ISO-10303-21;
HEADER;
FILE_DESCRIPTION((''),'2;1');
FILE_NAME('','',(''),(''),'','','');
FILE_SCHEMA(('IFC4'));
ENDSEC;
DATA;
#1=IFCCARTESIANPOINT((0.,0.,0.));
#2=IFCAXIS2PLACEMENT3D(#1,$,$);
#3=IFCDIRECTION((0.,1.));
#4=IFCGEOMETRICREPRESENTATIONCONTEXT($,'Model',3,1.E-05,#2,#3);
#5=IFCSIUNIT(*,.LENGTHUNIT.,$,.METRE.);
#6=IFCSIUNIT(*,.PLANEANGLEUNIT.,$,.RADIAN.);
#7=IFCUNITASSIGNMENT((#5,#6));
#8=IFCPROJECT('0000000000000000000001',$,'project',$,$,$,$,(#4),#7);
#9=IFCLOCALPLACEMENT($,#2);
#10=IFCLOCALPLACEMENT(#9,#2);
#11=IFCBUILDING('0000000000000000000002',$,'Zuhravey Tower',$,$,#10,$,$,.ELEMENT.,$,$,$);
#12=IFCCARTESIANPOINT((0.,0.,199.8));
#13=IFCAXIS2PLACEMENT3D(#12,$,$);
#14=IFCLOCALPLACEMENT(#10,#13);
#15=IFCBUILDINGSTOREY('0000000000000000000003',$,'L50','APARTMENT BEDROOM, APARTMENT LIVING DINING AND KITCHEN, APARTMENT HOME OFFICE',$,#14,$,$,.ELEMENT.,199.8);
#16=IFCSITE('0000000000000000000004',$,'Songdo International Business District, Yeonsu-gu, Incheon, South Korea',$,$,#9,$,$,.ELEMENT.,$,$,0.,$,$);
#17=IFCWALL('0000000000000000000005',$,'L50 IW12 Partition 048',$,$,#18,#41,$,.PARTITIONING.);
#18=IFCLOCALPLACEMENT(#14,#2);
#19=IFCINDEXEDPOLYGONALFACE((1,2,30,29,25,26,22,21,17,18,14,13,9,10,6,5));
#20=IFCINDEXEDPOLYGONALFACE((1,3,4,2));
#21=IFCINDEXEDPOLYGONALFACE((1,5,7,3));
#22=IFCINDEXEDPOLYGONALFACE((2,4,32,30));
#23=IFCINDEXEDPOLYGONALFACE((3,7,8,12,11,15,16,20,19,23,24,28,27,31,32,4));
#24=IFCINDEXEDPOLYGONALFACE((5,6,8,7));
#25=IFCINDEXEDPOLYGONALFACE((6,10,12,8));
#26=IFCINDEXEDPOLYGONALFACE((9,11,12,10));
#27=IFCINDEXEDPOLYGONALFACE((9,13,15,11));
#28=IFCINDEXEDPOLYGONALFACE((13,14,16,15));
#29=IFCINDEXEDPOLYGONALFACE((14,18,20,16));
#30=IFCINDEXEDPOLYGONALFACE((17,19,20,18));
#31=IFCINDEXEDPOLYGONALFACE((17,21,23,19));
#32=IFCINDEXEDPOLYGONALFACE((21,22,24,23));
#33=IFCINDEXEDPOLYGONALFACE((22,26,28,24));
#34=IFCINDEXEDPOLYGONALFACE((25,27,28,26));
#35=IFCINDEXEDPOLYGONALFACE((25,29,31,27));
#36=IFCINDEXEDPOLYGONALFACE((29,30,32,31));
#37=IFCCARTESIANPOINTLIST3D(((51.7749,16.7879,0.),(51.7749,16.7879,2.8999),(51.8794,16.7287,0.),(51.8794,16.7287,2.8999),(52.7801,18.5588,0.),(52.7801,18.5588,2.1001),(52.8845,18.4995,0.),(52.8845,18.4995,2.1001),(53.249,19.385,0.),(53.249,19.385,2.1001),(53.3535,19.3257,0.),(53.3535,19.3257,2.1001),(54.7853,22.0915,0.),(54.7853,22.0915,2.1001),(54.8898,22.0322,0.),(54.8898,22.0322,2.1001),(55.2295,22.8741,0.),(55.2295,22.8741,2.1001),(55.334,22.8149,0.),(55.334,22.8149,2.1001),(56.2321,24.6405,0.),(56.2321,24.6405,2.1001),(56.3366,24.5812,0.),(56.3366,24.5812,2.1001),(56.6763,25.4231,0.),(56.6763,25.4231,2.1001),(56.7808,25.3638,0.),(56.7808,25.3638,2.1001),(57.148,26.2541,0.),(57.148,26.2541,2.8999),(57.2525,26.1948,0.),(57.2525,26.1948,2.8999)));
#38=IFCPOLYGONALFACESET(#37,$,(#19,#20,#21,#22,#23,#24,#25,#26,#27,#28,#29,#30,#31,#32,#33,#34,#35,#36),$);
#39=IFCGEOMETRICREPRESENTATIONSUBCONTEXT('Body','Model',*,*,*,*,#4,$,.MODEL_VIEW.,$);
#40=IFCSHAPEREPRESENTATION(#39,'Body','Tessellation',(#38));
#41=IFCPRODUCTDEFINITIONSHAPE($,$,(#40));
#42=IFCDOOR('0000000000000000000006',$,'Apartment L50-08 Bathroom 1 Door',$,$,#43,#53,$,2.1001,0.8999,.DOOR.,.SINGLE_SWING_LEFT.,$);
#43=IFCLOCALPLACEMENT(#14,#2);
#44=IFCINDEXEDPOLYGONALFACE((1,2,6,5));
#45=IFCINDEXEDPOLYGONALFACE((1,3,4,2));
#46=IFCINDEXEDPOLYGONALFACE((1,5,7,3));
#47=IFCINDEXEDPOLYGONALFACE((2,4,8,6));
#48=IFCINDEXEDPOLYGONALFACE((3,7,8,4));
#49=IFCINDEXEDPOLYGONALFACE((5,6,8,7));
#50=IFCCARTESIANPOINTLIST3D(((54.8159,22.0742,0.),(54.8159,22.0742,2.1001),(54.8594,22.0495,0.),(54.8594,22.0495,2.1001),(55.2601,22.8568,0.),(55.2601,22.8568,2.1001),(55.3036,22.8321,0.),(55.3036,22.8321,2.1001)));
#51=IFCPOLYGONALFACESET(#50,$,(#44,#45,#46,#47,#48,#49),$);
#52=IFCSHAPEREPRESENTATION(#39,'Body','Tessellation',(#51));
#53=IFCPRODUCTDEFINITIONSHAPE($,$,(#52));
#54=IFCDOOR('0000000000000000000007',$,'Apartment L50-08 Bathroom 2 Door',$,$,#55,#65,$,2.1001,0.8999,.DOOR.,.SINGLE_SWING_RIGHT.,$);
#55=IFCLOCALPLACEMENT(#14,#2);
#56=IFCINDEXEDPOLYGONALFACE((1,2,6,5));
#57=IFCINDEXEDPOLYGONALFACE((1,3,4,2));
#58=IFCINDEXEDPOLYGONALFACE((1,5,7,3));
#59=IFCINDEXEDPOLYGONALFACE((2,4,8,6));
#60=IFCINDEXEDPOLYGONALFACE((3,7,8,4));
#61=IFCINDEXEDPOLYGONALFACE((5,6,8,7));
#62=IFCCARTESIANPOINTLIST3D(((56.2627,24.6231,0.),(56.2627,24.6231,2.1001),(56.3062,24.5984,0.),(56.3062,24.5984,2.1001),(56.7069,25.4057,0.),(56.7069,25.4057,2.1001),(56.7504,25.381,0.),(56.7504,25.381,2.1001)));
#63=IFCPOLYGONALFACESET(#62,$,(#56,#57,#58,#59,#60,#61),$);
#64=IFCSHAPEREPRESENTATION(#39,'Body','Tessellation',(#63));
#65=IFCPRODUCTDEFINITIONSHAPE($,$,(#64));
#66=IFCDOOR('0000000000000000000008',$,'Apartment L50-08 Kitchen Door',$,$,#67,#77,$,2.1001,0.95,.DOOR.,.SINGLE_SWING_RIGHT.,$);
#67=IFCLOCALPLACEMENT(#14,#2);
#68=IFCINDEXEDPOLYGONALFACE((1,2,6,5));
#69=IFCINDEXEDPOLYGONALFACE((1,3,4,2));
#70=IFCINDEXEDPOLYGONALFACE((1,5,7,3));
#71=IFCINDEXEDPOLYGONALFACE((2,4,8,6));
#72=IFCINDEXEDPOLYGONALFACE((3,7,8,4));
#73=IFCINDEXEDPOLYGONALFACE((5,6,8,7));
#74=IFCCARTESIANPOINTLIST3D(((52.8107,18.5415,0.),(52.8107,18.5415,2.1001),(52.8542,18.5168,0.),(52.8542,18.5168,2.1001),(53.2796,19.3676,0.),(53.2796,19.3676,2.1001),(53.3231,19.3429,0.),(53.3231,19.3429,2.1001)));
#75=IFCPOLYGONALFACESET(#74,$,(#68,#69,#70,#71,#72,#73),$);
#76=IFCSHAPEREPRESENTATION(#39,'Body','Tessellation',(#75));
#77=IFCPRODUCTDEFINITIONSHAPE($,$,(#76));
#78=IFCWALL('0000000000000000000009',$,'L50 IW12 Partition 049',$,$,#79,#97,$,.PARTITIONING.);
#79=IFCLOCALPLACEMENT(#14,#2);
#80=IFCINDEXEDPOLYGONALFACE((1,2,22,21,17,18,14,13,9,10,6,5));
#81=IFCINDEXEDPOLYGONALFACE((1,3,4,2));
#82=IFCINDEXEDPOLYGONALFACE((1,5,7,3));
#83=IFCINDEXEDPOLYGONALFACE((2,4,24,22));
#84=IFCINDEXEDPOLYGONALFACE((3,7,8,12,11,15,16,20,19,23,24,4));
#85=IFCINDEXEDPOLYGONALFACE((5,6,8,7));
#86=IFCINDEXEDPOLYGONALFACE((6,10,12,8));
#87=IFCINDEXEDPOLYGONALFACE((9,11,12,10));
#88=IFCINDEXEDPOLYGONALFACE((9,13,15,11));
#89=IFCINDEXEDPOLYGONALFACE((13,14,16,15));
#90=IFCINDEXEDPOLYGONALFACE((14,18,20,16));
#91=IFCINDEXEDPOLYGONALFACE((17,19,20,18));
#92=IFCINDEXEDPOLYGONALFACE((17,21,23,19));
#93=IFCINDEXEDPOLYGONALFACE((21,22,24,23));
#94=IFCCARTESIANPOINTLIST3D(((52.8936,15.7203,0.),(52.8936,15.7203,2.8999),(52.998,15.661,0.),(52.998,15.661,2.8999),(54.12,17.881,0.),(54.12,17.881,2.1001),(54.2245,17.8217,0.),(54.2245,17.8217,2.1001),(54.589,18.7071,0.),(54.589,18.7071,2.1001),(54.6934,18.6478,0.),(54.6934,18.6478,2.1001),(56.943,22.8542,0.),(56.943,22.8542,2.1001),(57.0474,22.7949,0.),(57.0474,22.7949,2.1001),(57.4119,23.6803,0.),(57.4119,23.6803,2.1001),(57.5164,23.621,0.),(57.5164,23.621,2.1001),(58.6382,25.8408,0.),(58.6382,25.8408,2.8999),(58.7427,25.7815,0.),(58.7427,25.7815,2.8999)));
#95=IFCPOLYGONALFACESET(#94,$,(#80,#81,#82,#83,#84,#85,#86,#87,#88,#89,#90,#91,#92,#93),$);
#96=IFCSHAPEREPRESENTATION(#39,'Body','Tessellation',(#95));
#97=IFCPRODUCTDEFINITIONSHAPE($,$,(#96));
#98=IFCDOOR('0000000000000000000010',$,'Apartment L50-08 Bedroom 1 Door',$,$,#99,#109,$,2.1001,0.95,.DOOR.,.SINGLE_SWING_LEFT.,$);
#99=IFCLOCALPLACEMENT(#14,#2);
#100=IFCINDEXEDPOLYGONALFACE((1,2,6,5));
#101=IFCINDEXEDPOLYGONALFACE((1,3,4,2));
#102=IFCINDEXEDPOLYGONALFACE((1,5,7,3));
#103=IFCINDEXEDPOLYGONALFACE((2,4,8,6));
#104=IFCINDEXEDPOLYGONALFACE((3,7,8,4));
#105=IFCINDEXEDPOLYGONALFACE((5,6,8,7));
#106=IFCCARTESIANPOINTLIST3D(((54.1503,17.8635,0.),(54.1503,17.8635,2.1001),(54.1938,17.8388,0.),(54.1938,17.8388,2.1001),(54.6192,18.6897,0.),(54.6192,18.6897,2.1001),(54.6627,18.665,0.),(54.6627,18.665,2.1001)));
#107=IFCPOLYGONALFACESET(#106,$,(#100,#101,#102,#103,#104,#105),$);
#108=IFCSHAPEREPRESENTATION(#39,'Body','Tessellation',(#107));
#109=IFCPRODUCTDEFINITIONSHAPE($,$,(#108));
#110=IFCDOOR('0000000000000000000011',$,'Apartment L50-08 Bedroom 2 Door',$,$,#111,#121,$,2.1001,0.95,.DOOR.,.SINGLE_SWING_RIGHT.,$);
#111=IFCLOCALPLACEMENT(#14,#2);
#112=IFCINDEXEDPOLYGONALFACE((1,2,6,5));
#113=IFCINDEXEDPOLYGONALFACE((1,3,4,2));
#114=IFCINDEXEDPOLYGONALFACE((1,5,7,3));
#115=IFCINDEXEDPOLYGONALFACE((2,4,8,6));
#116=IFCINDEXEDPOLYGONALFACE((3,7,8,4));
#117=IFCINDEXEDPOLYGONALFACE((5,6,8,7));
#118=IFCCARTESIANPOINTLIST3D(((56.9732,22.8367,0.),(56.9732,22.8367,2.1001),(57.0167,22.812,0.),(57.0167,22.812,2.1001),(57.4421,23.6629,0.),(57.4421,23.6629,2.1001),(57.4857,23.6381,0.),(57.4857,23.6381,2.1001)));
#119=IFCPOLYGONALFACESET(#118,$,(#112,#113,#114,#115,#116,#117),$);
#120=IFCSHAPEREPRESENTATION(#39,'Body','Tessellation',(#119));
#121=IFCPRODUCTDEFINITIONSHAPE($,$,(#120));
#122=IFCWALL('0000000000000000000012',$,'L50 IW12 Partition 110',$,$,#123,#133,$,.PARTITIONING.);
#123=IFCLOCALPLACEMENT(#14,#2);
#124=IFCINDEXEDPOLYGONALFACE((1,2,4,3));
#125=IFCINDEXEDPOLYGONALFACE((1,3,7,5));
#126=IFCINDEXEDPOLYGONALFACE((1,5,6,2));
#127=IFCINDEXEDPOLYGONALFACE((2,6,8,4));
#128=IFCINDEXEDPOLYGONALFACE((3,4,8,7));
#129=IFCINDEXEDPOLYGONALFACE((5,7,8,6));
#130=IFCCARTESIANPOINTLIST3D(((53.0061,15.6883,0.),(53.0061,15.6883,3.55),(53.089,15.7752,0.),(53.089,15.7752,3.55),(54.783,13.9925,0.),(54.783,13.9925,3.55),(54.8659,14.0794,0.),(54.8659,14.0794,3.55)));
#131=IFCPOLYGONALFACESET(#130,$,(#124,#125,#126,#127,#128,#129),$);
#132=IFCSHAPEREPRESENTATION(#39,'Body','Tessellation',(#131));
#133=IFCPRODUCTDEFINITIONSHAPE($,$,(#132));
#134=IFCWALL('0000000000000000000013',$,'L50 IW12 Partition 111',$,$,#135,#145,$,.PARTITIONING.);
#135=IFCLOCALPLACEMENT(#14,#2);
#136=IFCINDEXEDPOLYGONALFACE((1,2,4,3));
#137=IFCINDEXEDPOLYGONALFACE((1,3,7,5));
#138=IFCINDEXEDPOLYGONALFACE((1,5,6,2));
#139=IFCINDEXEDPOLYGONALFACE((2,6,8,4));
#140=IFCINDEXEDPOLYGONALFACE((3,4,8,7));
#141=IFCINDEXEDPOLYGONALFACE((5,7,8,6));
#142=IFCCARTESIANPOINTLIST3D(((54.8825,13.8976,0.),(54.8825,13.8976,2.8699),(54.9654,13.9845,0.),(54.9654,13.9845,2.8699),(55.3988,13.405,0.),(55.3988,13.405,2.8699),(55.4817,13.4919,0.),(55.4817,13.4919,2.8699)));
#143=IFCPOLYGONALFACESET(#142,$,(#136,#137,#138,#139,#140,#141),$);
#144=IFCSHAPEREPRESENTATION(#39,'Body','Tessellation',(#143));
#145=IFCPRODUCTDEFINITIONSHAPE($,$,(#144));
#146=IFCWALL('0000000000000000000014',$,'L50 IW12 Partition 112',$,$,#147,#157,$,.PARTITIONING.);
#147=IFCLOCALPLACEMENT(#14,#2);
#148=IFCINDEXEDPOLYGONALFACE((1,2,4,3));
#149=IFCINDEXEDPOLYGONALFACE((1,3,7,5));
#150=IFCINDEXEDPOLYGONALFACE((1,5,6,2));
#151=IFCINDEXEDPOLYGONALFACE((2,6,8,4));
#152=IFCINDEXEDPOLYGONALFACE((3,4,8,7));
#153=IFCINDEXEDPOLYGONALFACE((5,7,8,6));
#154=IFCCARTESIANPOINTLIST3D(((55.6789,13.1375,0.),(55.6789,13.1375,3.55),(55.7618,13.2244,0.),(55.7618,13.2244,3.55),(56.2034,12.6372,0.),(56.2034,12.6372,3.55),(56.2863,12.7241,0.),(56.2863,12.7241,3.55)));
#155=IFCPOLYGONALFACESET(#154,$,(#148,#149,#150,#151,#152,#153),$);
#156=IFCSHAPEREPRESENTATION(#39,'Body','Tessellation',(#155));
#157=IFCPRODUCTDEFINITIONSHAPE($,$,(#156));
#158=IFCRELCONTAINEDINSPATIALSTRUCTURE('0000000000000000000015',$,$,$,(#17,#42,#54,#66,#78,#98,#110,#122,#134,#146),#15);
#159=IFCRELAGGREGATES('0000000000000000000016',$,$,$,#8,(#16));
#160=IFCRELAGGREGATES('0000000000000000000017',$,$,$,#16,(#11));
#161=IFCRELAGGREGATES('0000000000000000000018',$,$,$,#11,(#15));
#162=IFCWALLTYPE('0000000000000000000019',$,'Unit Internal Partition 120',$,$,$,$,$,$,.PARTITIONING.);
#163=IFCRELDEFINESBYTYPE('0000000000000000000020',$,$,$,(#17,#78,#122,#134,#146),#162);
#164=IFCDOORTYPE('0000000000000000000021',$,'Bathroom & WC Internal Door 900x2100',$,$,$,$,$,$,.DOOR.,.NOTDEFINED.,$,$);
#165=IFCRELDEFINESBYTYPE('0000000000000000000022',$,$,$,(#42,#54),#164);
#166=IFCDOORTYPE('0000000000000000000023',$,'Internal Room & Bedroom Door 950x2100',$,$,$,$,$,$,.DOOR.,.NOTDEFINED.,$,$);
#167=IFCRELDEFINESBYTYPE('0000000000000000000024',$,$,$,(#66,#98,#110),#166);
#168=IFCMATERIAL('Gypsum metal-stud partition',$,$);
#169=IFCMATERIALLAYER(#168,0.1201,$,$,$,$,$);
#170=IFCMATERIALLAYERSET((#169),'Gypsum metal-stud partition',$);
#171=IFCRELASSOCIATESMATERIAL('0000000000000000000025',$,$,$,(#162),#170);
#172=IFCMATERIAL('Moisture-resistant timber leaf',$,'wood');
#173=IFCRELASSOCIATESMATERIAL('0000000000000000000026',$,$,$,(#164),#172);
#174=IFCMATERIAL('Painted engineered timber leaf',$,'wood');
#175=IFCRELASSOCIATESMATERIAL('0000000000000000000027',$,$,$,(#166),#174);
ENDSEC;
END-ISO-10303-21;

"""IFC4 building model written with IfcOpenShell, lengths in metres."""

from ifc_helpers import new_model, si_unit, direction, frame, frame_2d, origin, place, context, subcontext, project, spatial, rectangle, extrude, material, layer, layer_set, type_object, element, fill, save


model = new_model("IFC4")

# Units and contexts
model_context = context("Model", 3, precision=1e-05, world=origin(), true_north=direction((0.0, 1.0)))
body_context = subcontext(model_context, "Body", "Model", "MODEL_VIEW")
ifc_project = project(units=[si_unit("LENGTHUNIT", "METRE"), si_unit("PLANEANGLEUNIT", "RADIAN")], contexts=[model_context])

# Site, building, storey
site_placement = place(None, origin())
site = spatial("IfcSite", under=ifc_project, at=site_placement, Name="Songdo International Business District, Yeonsu-gu, Incheon, South Korea", CompositionType="ELEMENT", RefElevation=0.0)
building_placement = place(site_placement, origin())
building = spatial("IfcBuilding", under=site, at=building_placement, Name="Zuhravey Tower", CompositionType="ELEMENT")
storey_placement = place(building_placement, frame((0.0, 0.0, 199.8)))
storey = spatial("IfcBuildingStorey", under=building, at=storey_placement, Name="L50", Description="APARTMENT BEDROOM, APARTMENT LIVING DINING AND KITCHEN, APARTMENT HOME OFFICE", CompositionType="ELEMENT", Elevation=199.8)

# Walls, openings, doors
ifc_material_1 = material(Name="Gypsum metal-stud partition")
ifc_layer_1 = layer(ifc_material_1, 0.1201)
ifc_layer_set_1 = layer_set([ifc_layer_1], Name="Gypsum metal-stud partition")
wall_type_1 = type_object("IfcWallType", Name="Unit Internal Partition 120", PredefinedType="PARTITIONING", material=ifc_layer_set_1)
wall_1_placement = place(storey_placement, frame((51.8271, 16.7583, 0.0), z_axis=(0.0, 0.0, 1.0), x_axis=(0.493634, 0.86967, 0.0)))
wall_1 = element("IfcWall", 1, at=wall_1_placement, inside=storey, type_object=wall_type_1, Name="L50 IW12 Partition 048", PredefinedType="PARTITIONING", context=body_context, shape_type="SweptSolid", body=[
    extrude(rectangle(XDim=10.8848, YDim=0.1201, at=frame_2d((5.4424, 0.0))), origin(), (0.0, 0.0, 1.0), 2.8999),
])
opening_1_placement = place(wall_1_placement, frame((2.0361, 0.0, 0.0)))
opening_1 = element("IfcOpeningElement", 2, at=opening_1_placement, cuts=wall_1, PredefinedType="OPENING", context=body_context, shape_type="SweptSolid", body=[
    extrude(rectangle(XDim=0.95, YDim=2.1001, at=frame_2d((0.4751, 1.05))), frame((0.0, 0.072, 0.0), z_axis=(0.0, -1.0, 0.0), x_axis=(1.0, 0.0, 0.0)), (0.0, 0.0, 1.0), 0.144),
])
opening_2_placement = place(wall_1_placement, frame((6.0984, 0.0, 0.0)))
opening_2 = element("IfcOpeningElement", 3, at=opening_2_placement, cuts=wall_1, PredefinedType="OPENING", context=body_context, shape_type="SweptSolid", body=[
    extrude(rectangle(XDim=0.8999, YDim=2.1001, at=frame_2d((0.45, 1.05))), frame((0.0, 0.072, 0.0), z_axis=(0.0, -1.0, 0.0), x_axis=(1.0, 0.0, 0.0)), (0.0, 0.0, 1.0), 0.144),
])
opening_3_placement = place(wall_1_placement, frame((9.0293, 0.0, 0.0)))
opening_3 = element("IfcOpeningElement", 4, at=opening_3_placement, cuts=wall_1, PredefinedType="OPENING", context=body_context, shape_type="SweptSolid", body=[
    extrude(rectangle(XDim=0.8999, YDim=2.1001, at=frame_2d((0.45, 1.05))), frame((0.0, 0.072, 0.0), z_axis=(0.0, -1.0, 0.0), x_axis=(1.0, 0.0, 0.0)), (0.0, 0.0, 1.0), 0.144),
])
ifc_material_2 = material(Name="Moisture-resistant timber leaf", Category="wood")
door_type_1 = type_object("IfcDoorType", Name="Bathroom & WC Internal Door 900x2100", OperationType="NOTDEFINED", PredefinedType="DOOR", material=ifc_material_2)
door_1_placement = place(opening_2_placement, origin())
door_1 = element("IfcDoor", 5, at=door_1_placement, inside=storey, type_object=door_type_1, Name="Apartment L50-08 Bathroom 1 Door", OperationType="SINGLE_SWING_LEFT", OverallHeight=2.1001, OverallWidth=0.8999, PredefinedType="DOOR", context=body_context, shape_type="SweptSolid", body=[
    extrude(rectangle(XDim=0.8999, YDim=2.1001, at=frame_2d((0.45, 1.05))), frame((0.0, 0.0249, 0.0), z_axis=(0.0, -1.0, 0.0), x_axis=(1.0, 0.0, 0.0)), (0.0, 0.0, 1.0), 0.05),
])
fill(opening_2, door_1)
door_2_placement = place(opening_3_placement, origin())
door_2 = element("IfcDoor", 6, at=door_2_placement, inside=storey, type_object=door_type_1, Name="Apartment L50-08 Bathroom 2 Door", OperationType="SINGLE_SWING_RIGHT", OverallHeight=2.1001, OverallWidth=0.8999, PredefinedType="DOOR", context=body_context, shape_type="SweptSolid", body=[
    extrude(rectangle(XDim=0.8999, YDim=2.1001, at=frame_2d((0.45, 1.05))), frame((0.0, 0.0249, 0.0), z_axis=(0.0, -1.0, 0.0), x_axis=(1.0, 0.0, 0.0)), (0.0, 0.0, 1.0), 0.05),
])
fill(opening_3, door_2)
ifc_material_3 = material(Name="Painted engineered timber leaf", Category="wood")
door_type_2 = type_object("IfcDoorType", Name="Internal Room & Bedroom Door 950x2100", OperationType="NOTDEFINED", PredefinedType="DOOR", material=ifc_material_3)
door_3_placement = place(opening_1_placement, origin())
door_3 = element("IfcDoor", 7, at=door_3_placement, inside=storey, type_object=door_type_2, Name="Apartment L50-08 Kitchen Door", OperationType="SINGLE_SWING_RIGHT", OverallHeight=2.1001, OverallWidth=0.95, PredefinedType="DOOR", context=body_context, shape_type="SweptSolid", body=[
    extrude(rectangle(XDim=0.95, YDim=2.1001, at=frame_2d((0.4751, 1.05))), frame((0.0, 0.0249, 0.0), z_axis=(0.0, -1.0, 0.0), x_axis=(1.0, 0.0, 0.0)), (0.0, 0.0, 1.0), 0.05),
])
fill(opening_1, door_3)
wall_2_placement = place(storey_placement, frame((52.9458, 15.6907, 0.0), z_axis=(0.0, 0.0, 1.0), x_axis=(0.493647, 0.869662, 0.0)))
wall_2 = element("IfcWall", 8, at=wall_2_placement, inside=storey, type_object=wall_type_1, Name="L50 IW12 Partition 049", PredefinedType="PARTITIONING", context=body_context, shape_type="SweptSolid", body=[
    extrude(rectangle(XDim=11.6372, YDim=0.1201, at=frame_2d((5.8186, 0.0))), origin(), (0.0, 0.0, 1.0), 2.8999),
])
opening_4_placement = place(wall_2_placement, frame((2.4844, 0.0, 0.0)))
opening_4 = element("IfcOpeningElement", 9, at=opening_4_placement, cuts=wall_2, PredefinedType="OPENING", context=body_context, shape_type="SweptSolid", body=[
    extrude(rectangle(XDim=0.95, YDim=2.1001, at=frame_2d((0.4751, 1.05))), frame((0.0, 0.072, 0.0), z_axis=(0.0, -1.0, 0.0), x_axis=(1.0, 0.0, 0.0)), (0.0, 0.0, 1.0), 0.144),
])
opening_5_placement = place(wall_2_placement, frame((8.2029, 0.0, 0.0)))
opening_5 = element("IfcOpeningElement", 10, at=opening_5_placement, cuts=wall_2, PredefinedType="OPENING", context=body_context, shape_type="SweptSolid", body=[
    extrude(rectangle(XDim=0.95, YDim=2.1001, at=frame_2d((0.4751, 1.05))), frame((0.0, 0.072, 0.0), z_axis=(0.0, -1.0, 0.0), x_axis=(1.0, 0.0, 0.0)), (0.0, 0.0, 1.0), 0.144),
])
door_4_placement = place(opening_4_placement, frame((0.95, 0.0, 0.0), z_axis=(0.0, 0.0, 1.0), x_axis=(-1.0, 0.0, 0.0)))
door_4 = element("IfcDoor", 11, at=door_4_placement, inside=storey, type_object=door_type_2, Name="Apartment L50-08 Bedroom 1 Door", OperationType="SINGLE_SWING_LEFT", OverallHeight=2.1001, OverallWidth=0.95, PredefinedType="DOOR", context=body_context, shape_type="SweptSolid", body=[
    extrude(rectangle(XDim=0.95, YDim=2.1001, at=frame_2d((0.4751, 1.05))), frame((0.0, 0.0249, 0.0), z_axis=(0.0, -1.0, 0.0), x_axis=(1.0, 0.0, 0.0)), (0.0, 0.0, 1.0), 0.05),
])
fill(opening_4, door_4)
door_5_placement = place(opening_5_placement, frame((0.95, 0.0, 0.0), z_axis=(0.0, 0.0, 1.0), x_axis=(-1.0, 0.0, 0.0)))
door_5 = element("IfcDoor", 12, at=door_5_placement, inside=storey, type_object=door_type_2, Name="Apartment L50-08 Bedroom 2 Door", OperationType="SINGLE_SWING_RIGHT", OverallHeight=2.1001, OverallWidth=0.95, PredefinedType="DOOR", context=body_context, shape_type="SweptSolid", body=[
    extrude(rectangle(XDim=0.95, YDim=2.1001, at=frame_2d((0.4751, 1.05))), frame((0.0, 0.0249, 0.0), z_axis=(0.0, -1.0, 0.0), x_axis=(1.0, 0.0, 0.0)), (0.0, 0.0, 1.0), 0.05),
])
fill(opening_5, door_5)

# Walls
wall_3_placement = place(storey_placement, frame((53.0476, 15.7317, 0.0), z_axis=(0.0, 0.0, 1.0), x_axis=(0.723414, -0.690414, 0.0)))
element("IfcWall", 13, at=wall_3_placement, inside=storey, type_object=wall_type_1, Name="L50 IW12 Partition 110", PredefinedType="PARTITIONING", context=body_context, shape_type="SweptSolid", body=[
    extrude(rectangle(XDim=2.4563, YDim=0.1201, at=frame_2d((1.228, 0.0))), origin(), (0.0, 0.0, 1.0), 3.55),
])
wall_4_placement = place(storey_placement, frame((54.9238, 13.9412, 0.0), z_axis=(0.0, 0.0, 1.0), x_axis=(0.723503, -0.690321, 0.0)))
element("IfcWall", 14, at=wall_4_placement, inside=storey, type_object=wall_type_1, Name="L50 IW12 Partition 111", PredefinedType="PARTITIONING", context=body_context, shape_type="SweptSolid", body=[
    extrude(rectangle(XDim=0.7136, YDim=0.1201, at=frame_2d((0.3569, 0.0))), origin(), (0.0, 0.0, 1.0), 2.8699),
])
wall_5_placement = place(storey_placement, frame((55.7205, 13.1809, 0.0), z_axis=(0.0, 0.0, 1.0), x_axis=(0.723585, -0.690235, 0.0)))
element("IfcWall", 15, at=wall_5_placement, inside=storey, type_object=wall_type_1, Name="L50 IW12 Partition 112", PredefinedType="PARTITIONING", context=body_context, shape_type="SweptSolid", body=[
    extrude(rectangle(XDim=0.7249, YDim=0.1201, at=frame_2d((0.3623, 0.0))), origin(), (0.0, 0.0, 1.0), 3.55),
])

save(model, "model.ifc")
